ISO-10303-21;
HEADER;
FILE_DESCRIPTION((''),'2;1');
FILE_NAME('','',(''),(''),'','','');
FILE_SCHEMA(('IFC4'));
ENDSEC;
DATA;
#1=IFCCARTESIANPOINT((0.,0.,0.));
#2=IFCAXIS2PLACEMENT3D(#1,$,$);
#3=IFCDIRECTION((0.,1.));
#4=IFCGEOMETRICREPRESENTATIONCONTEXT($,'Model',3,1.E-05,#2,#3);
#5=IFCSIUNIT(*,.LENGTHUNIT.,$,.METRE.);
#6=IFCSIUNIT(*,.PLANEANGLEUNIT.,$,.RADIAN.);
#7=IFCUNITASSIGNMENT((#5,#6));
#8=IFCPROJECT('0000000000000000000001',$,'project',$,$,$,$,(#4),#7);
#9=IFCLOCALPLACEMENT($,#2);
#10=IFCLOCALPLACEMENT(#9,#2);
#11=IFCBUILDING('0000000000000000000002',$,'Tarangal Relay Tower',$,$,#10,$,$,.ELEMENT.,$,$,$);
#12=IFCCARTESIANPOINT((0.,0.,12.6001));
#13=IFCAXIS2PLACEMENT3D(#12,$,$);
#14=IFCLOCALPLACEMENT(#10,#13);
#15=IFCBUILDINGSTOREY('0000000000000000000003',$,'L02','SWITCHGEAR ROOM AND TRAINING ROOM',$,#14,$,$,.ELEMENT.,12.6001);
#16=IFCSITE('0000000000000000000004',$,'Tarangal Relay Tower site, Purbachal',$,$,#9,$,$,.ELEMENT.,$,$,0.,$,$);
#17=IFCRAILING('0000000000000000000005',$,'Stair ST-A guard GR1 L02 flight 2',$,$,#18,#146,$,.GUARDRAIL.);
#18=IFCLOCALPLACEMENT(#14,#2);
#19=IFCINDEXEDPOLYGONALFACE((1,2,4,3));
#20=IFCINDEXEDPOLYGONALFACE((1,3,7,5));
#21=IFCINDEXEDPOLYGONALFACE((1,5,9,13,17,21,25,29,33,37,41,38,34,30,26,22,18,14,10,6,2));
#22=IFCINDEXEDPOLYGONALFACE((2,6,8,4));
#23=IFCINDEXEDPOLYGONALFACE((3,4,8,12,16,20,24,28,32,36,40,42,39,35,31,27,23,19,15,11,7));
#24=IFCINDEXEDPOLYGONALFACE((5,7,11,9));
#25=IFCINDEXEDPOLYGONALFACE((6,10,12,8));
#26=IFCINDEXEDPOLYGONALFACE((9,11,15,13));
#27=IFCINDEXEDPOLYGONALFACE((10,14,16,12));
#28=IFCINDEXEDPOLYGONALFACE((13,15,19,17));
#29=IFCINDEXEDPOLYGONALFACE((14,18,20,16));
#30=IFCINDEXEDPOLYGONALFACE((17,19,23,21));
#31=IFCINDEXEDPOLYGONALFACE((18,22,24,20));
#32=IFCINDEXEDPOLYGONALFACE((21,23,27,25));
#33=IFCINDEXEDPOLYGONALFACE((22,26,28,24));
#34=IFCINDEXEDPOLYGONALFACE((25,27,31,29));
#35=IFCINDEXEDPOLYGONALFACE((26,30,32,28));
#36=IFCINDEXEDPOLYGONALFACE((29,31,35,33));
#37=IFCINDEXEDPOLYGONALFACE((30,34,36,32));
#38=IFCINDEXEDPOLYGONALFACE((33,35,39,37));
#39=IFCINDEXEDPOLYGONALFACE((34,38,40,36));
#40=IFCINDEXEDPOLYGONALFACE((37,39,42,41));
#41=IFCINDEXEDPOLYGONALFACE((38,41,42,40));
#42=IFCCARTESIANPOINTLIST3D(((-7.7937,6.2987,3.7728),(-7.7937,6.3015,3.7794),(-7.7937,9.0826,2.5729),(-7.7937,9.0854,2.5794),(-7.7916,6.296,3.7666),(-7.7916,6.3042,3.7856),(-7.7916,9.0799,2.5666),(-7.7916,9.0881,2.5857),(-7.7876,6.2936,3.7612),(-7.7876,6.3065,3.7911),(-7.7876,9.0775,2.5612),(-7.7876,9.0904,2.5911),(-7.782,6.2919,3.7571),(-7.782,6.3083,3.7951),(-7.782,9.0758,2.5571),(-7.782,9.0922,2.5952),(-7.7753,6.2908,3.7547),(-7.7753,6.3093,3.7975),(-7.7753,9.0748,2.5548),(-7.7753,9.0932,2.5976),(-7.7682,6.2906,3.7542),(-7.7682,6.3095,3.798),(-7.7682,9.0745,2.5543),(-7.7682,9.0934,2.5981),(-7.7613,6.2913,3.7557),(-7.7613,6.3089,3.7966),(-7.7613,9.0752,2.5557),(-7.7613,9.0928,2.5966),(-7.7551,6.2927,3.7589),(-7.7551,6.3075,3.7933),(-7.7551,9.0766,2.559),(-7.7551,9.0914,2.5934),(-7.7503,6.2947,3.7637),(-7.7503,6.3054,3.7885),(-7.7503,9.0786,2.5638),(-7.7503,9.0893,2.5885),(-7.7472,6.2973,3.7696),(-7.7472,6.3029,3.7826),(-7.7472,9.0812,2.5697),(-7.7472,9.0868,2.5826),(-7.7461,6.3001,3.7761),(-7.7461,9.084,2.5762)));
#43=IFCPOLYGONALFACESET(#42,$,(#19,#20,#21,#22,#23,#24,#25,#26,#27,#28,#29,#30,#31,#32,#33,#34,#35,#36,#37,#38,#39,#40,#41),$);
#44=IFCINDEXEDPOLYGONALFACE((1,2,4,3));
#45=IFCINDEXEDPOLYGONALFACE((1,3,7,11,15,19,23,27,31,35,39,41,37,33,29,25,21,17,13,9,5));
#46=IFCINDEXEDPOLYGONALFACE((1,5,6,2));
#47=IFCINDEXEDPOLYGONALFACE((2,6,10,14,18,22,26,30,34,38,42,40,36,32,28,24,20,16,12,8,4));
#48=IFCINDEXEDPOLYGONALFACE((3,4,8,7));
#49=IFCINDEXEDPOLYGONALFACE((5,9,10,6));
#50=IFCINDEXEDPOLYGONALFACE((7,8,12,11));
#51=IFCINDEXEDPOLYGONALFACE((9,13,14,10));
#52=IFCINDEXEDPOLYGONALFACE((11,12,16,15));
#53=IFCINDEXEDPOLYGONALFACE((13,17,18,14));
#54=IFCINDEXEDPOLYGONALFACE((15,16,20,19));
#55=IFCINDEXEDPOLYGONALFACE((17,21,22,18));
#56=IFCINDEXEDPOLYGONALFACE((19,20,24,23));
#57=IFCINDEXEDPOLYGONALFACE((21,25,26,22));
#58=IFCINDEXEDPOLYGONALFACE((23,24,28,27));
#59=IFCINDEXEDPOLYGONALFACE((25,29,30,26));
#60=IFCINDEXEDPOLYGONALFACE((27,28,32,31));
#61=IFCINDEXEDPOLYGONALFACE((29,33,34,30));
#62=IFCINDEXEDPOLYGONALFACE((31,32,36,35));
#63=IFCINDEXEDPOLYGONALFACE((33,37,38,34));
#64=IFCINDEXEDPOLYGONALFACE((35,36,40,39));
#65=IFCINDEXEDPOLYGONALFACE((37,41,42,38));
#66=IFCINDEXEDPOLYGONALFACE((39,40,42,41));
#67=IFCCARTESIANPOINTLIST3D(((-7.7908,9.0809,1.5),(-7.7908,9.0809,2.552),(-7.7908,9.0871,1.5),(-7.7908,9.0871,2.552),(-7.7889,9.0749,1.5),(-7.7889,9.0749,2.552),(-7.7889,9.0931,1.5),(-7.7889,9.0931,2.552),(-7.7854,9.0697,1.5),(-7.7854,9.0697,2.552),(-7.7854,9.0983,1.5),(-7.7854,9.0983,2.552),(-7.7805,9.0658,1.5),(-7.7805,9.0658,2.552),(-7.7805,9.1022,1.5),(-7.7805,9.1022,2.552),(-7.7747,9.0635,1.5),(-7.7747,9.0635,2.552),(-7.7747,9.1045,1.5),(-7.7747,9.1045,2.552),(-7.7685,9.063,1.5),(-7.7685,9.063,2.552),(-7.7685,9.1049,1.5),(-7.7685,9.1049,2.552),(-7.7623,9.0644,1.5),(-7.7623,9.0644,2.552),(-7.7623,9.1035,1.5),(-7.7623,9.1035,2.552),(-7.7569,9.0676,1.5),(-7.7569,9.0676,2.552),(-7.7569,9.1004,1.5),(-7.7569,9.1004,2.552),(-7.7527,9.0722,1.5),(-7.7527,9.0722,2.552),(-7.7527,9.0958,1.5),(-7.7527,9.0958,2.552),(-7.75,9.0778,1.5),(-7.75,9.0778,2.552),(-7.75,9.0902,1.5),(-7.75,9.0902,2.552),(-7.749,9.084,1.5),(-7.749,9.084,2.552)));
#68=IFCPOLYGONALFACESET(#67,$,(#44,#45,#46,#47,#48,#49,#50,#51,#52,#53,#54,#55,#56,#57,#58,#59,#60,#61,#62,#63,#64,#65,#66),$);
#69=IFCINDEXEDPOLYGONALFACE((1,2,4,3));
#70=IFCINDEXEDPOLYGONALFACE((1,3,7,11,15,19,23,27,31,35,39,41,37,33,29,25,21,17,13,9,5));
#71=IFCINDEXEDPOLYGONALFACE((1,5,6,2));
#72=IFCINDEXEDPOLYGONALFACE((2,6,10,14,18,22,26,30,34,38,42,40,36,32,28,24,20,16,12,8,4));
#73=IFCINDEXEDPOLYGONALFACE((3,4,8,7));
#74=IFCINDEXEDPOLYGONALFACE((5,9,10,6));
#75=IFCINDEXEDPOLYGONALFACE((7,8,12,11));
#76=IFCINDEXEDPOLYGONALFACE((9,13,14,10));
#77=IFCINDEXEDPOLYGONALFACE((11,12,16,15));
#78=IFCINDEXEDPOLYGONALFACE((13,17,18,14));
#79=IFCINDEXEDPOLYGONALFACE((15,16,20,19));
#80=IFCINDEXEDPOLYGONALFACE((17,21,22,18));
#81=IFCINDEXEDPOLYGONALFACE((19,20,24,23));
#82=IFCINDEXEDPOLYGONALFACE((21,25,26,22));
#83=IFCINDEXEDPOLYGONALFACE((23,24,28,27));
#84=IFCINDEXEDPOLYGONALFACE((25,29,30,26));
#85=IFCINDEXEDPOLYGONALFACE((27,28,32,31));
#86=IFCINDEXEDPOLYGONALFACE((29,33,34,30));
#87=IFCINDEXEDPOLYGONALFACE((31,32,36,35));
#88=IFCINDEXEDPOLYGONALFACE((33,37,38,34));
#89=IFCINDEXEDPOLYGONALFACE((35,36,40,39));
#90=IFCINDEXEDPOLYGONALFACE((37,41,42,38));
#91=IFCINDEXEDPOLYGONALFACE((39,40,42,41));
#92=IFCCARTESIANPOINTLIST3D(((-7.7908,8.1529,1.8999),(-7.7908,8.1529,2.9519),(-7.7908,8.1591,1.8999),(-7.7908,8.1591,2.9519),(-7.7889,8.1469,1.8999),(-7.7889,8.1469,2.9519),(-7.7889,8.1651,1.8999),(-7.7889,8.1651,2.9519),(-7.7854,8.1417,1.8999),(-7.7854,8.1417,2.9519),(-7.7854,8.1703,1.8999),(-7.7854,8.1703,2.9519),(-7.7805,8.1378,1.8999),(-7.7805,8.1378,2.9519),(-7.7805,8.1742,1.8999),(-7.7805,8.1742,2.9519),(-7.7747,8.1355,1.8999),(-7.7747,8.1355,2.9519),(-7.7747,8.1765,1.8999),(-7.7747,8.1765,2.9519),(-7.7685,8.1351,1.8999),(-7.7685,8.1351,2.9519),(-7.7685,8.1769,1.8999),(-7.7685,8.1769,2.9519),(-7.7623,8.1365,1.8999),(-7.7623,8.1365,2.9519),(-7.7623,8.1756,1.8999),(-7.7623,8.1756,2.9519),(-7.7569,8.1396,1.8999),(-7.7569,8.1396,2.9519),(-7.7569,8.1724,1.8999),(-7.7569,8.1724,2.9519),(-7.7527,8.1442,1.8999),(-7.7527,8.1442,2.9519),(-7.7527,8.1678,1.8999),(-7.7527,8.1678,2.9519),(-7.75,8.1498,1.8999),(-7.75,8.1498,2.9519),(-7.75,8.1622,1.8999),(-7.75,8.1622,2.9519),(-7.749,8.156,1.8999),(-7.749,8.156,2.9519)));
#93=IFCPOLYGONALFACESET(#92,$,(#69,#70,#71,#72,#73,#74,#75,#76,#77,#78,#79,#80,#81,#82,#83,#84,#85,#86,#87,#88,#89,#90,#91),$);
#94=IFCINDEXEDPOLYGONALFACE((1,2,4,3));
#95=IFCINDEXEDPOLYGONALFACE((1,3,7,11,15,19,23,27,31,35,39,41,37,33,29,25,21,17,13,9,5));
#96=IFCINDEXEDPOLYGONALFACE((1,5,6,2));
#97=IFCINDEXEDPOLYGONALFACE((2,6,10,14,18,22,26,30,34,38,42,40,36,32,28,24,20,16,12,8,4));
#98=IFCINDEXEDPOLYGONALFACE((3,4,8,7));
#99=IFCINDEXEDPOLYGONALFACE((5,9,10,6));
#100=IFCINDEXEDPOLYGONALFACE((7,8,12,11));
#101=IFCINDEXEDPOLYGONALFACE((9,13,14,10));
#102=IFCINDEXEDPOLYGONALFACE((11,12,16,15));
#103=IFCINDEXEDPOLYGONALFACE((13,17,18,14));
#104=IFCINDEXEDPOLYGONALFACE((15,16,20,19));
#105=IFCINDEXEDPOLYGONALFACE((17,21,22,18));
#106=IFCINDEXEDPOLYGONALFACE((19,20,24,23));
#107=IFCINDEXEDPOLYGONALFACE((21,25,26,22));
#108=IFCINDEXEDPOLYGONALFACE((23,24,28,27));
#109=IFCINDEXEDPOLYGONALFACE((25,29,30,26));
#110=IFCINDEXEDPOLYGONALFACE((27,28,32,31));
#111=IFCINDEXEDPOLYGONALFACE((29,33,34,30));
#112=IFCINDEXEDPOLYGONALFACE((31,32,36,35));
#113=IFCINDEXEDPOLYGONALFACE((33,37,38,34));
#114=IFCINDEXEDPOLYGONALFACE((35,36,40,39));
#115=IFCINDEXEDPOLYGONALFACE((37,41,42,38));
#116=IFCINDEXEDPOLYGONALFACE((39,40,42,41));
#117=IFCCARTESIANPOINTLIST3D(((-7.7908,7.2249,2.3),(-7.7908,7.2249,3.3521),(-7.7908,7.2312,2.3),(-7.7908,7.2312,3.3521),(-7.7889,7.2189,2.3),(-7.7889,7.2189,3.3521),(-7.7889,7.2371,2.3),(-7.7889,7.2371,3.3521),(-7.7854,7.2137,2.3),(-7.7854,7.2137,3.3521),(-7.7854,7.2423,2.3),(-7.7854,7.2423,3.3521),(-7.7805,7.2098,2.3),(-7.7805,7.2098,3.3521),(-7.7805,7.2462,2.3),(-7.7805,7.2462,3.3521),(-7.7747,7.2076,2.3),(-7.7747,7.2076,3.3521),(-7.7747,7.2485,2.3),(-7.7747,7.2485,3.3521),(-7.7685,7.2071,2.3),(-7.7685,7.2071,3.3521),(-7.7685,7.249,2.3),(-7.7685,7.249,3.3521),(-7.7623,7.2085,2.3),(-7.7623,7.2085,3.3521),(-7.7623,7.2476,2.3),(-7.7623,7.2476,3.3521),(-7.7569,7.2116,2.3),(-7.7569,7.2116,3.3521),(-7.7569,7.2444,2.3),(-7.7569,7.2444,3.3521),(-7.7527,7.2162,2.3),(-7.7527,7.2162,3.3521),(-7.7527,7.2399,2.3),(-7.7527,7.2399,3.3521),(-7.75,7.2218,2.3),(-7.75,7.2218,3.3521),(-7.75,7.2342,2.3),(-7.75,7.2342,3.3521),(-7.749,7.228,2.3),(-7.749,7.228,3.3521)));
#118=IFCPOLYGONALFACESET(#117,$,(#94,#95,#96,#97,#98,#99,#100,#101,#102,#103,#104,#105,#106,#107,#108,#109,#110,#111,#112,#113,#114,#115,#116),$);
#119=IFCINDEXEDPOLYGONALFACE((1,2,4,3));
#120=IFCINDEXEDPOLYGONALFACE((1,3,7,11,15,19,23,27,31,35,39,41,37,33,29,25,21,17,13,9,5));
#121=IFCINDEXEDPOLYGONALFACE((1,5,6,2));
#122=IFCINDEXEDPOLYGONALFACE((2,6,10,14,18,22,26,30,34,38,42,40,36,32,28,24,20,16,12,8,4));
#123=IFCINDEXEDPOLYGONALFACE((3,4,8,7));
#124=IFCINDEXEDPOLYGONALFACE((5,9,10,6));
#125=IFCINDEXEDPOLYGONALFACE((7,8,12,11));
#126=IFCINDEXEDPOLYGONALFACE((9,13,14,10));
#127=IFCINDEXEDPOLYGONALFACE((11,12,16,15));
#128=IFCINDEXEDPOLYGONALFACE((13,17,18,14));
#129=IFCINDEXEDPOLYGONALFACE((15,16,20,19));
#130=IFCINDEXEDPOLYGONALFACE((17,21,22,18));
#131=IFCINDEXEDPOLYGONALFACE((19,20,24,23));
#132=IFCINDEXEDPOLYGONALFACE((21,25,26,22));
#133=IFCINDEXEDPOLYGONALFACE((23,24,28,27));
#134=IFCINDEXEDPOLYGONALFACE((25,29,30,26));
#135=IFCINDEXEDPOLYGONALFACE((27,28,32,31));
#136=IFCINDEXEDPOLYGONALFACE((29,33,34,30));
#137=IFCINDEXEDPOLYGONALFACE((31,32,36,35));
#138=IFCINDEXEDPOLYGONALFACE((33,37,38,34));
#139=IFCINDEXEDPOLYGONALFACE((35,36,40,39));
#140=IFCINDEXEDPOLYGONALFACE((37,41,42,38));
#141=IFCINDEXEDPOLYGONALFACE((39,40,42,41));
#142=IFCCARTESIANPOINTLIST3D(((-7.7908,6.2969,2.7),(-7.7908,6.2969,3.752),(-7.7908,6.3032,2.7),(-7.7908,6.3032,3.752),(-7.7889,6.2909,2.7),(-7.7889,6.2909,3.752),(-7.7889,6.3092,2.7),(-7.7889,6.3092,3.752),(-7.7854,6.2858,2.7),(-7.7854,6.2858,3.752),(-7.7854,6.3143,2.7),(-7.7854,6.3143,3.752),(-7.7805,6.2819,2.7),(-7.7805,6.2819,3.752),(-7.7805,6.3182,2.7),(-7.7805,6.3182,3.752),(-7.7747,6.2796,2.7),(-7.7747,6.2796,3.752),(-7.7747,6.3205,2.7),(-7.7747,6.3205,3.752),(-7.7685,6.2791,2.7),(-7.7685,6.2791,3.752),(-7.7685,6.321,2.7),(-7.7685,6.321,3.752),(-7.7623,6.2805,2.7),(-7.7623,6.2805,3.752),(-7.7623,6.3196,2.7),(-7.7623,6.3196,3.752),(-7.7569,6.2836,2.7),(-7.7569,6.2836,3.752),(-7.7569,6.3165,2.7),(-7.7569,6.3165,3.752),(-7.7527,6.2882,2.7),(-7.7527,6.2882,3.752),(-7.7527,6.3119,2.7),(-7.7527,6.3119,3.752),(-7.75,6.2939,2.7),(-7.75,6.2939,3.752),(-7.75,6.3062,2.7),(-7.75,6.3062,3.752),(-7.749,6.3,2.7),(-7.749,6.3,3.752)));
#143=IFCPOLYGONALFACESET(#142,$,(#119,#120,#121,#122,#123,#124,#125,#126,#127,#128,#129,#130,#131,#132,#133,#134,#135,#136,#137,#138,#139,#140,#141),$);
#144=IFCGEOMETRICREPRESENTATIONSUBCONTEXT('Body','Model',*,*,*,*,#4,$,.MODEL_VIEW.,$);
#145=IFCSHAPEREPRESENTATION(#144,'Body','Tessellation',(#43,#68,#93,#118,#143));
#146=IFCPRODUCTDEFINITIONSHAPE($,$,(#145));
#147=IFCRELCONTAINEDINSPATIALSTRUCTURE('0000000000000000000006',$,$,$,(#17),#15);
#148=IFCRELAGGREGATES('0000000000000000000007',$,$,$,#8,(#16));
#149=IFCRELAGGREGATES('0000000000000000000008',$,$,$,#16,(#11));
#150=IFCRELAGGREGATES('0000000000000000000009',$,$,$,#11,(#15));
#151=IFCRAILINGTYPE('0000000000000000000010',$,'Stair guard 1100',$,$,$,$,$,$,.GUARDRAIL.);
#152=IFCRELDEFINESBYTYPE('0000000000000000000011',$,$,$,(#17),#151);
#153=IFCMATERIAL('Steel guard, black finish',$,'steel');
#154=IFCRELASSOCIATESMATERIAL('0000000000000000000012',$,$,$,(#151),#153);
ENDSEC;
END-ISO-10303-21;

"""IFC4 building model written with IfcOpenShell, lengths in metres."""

from ifc_helpers import new_model, si_unit, direction, frame, origin, origin_2d, place, context, subcontext, project, spatial, circle, extrude, material, type_object, element, save


model = new_model("IFC4")

# Units and contexts
model_context = context("Model", 3, precision=1e-05, world=origin(), true_north=direction((0.0, 1.0)))
body_context = subcontext(model_context, "Body", "Model", "MODEL_VIEW")
ifc_project = project(units=[si_unit("LENGTHUNIT", "METRE"), si_unit("PLANEANGLEUNIT", "RADIAN")], contexts=[model_context])

# Site, building, storey
site_placement = place(None, origin())
site = spatial("IfcSite", under=ifc_project, at=site_placement, Name="Tarangal Relay Tower site, Purbachal", CompositionType="ELEMENT", RefElevation=0.0)
building_placement = place(site_placement, origin())
building = spatial("IfcBuilding", under=site, at=building_placement, Name="Tarangal Relay Tower", CompositionType="ELEMENT")
storey_placement = place(building_placement, frame((0.0, 0.0, 12.6001)))
storey = spatial("IfcBuildingStorey", under=building, at=storey_placement, Name="L02", Description="SWITCHGEAR ROOM AND TRAINING ROOM", CompositionType="ELEMENT", Elevation=12.6001)

# Railing
ifc_material_1 = material(Name="Steel guard, black finish", Category="steel")
railing_type_1 = type_object("IfcRailingType", Name="Stair guard 1100", PredefinedType="GUARDRAIL", material=ifc_material_1)
for number, where, name in (
    (1, (-7.77, 9.084, 1.5), "Stair ST-A guard GR1 L02 flight 2"),
):
    element("IfcRailing", number, at=place(storey_placement, frame(where)), inside=storey, type_object=railing_type_1, Name=name, PredefinedType="GUARDRAIL", context=body_context, shape_type="SweptSolid", body=[
        extrude(circle(Radius=0.0239, at=origin_2d()), frame((0.0, 0.0, 1.0762), z_axis=(0.0, -0.918327, 0.395823), x_axis=(1.0, 0.0, 0.0)), (0.0, 0.0, 1.0), 3.0315),
        extrude(circle(Radius=0.021, at=origin_2d()), origin(), (0.0, 0.0, 1.0), 1.052),
        extrude(circle(Radius=0.021, at=origin_2d()), frame((0.0, -0.928, 0.3999)), (0.0, 0.0, 1.0), 1.052),
        extrude(circle(Radius=0.021, at=origin_2d()), frame((0.0, -1.856, 0.8)), (0.0, 0.0, 1.0), 1.052),
        extrude(circle(Radius=0.021, at=origin_2d()), frame((0.0, -2.7839, 1.2)), (0.0, 0.0, 1.0), 1.052),
    ])

save(model, "model.ifc")
